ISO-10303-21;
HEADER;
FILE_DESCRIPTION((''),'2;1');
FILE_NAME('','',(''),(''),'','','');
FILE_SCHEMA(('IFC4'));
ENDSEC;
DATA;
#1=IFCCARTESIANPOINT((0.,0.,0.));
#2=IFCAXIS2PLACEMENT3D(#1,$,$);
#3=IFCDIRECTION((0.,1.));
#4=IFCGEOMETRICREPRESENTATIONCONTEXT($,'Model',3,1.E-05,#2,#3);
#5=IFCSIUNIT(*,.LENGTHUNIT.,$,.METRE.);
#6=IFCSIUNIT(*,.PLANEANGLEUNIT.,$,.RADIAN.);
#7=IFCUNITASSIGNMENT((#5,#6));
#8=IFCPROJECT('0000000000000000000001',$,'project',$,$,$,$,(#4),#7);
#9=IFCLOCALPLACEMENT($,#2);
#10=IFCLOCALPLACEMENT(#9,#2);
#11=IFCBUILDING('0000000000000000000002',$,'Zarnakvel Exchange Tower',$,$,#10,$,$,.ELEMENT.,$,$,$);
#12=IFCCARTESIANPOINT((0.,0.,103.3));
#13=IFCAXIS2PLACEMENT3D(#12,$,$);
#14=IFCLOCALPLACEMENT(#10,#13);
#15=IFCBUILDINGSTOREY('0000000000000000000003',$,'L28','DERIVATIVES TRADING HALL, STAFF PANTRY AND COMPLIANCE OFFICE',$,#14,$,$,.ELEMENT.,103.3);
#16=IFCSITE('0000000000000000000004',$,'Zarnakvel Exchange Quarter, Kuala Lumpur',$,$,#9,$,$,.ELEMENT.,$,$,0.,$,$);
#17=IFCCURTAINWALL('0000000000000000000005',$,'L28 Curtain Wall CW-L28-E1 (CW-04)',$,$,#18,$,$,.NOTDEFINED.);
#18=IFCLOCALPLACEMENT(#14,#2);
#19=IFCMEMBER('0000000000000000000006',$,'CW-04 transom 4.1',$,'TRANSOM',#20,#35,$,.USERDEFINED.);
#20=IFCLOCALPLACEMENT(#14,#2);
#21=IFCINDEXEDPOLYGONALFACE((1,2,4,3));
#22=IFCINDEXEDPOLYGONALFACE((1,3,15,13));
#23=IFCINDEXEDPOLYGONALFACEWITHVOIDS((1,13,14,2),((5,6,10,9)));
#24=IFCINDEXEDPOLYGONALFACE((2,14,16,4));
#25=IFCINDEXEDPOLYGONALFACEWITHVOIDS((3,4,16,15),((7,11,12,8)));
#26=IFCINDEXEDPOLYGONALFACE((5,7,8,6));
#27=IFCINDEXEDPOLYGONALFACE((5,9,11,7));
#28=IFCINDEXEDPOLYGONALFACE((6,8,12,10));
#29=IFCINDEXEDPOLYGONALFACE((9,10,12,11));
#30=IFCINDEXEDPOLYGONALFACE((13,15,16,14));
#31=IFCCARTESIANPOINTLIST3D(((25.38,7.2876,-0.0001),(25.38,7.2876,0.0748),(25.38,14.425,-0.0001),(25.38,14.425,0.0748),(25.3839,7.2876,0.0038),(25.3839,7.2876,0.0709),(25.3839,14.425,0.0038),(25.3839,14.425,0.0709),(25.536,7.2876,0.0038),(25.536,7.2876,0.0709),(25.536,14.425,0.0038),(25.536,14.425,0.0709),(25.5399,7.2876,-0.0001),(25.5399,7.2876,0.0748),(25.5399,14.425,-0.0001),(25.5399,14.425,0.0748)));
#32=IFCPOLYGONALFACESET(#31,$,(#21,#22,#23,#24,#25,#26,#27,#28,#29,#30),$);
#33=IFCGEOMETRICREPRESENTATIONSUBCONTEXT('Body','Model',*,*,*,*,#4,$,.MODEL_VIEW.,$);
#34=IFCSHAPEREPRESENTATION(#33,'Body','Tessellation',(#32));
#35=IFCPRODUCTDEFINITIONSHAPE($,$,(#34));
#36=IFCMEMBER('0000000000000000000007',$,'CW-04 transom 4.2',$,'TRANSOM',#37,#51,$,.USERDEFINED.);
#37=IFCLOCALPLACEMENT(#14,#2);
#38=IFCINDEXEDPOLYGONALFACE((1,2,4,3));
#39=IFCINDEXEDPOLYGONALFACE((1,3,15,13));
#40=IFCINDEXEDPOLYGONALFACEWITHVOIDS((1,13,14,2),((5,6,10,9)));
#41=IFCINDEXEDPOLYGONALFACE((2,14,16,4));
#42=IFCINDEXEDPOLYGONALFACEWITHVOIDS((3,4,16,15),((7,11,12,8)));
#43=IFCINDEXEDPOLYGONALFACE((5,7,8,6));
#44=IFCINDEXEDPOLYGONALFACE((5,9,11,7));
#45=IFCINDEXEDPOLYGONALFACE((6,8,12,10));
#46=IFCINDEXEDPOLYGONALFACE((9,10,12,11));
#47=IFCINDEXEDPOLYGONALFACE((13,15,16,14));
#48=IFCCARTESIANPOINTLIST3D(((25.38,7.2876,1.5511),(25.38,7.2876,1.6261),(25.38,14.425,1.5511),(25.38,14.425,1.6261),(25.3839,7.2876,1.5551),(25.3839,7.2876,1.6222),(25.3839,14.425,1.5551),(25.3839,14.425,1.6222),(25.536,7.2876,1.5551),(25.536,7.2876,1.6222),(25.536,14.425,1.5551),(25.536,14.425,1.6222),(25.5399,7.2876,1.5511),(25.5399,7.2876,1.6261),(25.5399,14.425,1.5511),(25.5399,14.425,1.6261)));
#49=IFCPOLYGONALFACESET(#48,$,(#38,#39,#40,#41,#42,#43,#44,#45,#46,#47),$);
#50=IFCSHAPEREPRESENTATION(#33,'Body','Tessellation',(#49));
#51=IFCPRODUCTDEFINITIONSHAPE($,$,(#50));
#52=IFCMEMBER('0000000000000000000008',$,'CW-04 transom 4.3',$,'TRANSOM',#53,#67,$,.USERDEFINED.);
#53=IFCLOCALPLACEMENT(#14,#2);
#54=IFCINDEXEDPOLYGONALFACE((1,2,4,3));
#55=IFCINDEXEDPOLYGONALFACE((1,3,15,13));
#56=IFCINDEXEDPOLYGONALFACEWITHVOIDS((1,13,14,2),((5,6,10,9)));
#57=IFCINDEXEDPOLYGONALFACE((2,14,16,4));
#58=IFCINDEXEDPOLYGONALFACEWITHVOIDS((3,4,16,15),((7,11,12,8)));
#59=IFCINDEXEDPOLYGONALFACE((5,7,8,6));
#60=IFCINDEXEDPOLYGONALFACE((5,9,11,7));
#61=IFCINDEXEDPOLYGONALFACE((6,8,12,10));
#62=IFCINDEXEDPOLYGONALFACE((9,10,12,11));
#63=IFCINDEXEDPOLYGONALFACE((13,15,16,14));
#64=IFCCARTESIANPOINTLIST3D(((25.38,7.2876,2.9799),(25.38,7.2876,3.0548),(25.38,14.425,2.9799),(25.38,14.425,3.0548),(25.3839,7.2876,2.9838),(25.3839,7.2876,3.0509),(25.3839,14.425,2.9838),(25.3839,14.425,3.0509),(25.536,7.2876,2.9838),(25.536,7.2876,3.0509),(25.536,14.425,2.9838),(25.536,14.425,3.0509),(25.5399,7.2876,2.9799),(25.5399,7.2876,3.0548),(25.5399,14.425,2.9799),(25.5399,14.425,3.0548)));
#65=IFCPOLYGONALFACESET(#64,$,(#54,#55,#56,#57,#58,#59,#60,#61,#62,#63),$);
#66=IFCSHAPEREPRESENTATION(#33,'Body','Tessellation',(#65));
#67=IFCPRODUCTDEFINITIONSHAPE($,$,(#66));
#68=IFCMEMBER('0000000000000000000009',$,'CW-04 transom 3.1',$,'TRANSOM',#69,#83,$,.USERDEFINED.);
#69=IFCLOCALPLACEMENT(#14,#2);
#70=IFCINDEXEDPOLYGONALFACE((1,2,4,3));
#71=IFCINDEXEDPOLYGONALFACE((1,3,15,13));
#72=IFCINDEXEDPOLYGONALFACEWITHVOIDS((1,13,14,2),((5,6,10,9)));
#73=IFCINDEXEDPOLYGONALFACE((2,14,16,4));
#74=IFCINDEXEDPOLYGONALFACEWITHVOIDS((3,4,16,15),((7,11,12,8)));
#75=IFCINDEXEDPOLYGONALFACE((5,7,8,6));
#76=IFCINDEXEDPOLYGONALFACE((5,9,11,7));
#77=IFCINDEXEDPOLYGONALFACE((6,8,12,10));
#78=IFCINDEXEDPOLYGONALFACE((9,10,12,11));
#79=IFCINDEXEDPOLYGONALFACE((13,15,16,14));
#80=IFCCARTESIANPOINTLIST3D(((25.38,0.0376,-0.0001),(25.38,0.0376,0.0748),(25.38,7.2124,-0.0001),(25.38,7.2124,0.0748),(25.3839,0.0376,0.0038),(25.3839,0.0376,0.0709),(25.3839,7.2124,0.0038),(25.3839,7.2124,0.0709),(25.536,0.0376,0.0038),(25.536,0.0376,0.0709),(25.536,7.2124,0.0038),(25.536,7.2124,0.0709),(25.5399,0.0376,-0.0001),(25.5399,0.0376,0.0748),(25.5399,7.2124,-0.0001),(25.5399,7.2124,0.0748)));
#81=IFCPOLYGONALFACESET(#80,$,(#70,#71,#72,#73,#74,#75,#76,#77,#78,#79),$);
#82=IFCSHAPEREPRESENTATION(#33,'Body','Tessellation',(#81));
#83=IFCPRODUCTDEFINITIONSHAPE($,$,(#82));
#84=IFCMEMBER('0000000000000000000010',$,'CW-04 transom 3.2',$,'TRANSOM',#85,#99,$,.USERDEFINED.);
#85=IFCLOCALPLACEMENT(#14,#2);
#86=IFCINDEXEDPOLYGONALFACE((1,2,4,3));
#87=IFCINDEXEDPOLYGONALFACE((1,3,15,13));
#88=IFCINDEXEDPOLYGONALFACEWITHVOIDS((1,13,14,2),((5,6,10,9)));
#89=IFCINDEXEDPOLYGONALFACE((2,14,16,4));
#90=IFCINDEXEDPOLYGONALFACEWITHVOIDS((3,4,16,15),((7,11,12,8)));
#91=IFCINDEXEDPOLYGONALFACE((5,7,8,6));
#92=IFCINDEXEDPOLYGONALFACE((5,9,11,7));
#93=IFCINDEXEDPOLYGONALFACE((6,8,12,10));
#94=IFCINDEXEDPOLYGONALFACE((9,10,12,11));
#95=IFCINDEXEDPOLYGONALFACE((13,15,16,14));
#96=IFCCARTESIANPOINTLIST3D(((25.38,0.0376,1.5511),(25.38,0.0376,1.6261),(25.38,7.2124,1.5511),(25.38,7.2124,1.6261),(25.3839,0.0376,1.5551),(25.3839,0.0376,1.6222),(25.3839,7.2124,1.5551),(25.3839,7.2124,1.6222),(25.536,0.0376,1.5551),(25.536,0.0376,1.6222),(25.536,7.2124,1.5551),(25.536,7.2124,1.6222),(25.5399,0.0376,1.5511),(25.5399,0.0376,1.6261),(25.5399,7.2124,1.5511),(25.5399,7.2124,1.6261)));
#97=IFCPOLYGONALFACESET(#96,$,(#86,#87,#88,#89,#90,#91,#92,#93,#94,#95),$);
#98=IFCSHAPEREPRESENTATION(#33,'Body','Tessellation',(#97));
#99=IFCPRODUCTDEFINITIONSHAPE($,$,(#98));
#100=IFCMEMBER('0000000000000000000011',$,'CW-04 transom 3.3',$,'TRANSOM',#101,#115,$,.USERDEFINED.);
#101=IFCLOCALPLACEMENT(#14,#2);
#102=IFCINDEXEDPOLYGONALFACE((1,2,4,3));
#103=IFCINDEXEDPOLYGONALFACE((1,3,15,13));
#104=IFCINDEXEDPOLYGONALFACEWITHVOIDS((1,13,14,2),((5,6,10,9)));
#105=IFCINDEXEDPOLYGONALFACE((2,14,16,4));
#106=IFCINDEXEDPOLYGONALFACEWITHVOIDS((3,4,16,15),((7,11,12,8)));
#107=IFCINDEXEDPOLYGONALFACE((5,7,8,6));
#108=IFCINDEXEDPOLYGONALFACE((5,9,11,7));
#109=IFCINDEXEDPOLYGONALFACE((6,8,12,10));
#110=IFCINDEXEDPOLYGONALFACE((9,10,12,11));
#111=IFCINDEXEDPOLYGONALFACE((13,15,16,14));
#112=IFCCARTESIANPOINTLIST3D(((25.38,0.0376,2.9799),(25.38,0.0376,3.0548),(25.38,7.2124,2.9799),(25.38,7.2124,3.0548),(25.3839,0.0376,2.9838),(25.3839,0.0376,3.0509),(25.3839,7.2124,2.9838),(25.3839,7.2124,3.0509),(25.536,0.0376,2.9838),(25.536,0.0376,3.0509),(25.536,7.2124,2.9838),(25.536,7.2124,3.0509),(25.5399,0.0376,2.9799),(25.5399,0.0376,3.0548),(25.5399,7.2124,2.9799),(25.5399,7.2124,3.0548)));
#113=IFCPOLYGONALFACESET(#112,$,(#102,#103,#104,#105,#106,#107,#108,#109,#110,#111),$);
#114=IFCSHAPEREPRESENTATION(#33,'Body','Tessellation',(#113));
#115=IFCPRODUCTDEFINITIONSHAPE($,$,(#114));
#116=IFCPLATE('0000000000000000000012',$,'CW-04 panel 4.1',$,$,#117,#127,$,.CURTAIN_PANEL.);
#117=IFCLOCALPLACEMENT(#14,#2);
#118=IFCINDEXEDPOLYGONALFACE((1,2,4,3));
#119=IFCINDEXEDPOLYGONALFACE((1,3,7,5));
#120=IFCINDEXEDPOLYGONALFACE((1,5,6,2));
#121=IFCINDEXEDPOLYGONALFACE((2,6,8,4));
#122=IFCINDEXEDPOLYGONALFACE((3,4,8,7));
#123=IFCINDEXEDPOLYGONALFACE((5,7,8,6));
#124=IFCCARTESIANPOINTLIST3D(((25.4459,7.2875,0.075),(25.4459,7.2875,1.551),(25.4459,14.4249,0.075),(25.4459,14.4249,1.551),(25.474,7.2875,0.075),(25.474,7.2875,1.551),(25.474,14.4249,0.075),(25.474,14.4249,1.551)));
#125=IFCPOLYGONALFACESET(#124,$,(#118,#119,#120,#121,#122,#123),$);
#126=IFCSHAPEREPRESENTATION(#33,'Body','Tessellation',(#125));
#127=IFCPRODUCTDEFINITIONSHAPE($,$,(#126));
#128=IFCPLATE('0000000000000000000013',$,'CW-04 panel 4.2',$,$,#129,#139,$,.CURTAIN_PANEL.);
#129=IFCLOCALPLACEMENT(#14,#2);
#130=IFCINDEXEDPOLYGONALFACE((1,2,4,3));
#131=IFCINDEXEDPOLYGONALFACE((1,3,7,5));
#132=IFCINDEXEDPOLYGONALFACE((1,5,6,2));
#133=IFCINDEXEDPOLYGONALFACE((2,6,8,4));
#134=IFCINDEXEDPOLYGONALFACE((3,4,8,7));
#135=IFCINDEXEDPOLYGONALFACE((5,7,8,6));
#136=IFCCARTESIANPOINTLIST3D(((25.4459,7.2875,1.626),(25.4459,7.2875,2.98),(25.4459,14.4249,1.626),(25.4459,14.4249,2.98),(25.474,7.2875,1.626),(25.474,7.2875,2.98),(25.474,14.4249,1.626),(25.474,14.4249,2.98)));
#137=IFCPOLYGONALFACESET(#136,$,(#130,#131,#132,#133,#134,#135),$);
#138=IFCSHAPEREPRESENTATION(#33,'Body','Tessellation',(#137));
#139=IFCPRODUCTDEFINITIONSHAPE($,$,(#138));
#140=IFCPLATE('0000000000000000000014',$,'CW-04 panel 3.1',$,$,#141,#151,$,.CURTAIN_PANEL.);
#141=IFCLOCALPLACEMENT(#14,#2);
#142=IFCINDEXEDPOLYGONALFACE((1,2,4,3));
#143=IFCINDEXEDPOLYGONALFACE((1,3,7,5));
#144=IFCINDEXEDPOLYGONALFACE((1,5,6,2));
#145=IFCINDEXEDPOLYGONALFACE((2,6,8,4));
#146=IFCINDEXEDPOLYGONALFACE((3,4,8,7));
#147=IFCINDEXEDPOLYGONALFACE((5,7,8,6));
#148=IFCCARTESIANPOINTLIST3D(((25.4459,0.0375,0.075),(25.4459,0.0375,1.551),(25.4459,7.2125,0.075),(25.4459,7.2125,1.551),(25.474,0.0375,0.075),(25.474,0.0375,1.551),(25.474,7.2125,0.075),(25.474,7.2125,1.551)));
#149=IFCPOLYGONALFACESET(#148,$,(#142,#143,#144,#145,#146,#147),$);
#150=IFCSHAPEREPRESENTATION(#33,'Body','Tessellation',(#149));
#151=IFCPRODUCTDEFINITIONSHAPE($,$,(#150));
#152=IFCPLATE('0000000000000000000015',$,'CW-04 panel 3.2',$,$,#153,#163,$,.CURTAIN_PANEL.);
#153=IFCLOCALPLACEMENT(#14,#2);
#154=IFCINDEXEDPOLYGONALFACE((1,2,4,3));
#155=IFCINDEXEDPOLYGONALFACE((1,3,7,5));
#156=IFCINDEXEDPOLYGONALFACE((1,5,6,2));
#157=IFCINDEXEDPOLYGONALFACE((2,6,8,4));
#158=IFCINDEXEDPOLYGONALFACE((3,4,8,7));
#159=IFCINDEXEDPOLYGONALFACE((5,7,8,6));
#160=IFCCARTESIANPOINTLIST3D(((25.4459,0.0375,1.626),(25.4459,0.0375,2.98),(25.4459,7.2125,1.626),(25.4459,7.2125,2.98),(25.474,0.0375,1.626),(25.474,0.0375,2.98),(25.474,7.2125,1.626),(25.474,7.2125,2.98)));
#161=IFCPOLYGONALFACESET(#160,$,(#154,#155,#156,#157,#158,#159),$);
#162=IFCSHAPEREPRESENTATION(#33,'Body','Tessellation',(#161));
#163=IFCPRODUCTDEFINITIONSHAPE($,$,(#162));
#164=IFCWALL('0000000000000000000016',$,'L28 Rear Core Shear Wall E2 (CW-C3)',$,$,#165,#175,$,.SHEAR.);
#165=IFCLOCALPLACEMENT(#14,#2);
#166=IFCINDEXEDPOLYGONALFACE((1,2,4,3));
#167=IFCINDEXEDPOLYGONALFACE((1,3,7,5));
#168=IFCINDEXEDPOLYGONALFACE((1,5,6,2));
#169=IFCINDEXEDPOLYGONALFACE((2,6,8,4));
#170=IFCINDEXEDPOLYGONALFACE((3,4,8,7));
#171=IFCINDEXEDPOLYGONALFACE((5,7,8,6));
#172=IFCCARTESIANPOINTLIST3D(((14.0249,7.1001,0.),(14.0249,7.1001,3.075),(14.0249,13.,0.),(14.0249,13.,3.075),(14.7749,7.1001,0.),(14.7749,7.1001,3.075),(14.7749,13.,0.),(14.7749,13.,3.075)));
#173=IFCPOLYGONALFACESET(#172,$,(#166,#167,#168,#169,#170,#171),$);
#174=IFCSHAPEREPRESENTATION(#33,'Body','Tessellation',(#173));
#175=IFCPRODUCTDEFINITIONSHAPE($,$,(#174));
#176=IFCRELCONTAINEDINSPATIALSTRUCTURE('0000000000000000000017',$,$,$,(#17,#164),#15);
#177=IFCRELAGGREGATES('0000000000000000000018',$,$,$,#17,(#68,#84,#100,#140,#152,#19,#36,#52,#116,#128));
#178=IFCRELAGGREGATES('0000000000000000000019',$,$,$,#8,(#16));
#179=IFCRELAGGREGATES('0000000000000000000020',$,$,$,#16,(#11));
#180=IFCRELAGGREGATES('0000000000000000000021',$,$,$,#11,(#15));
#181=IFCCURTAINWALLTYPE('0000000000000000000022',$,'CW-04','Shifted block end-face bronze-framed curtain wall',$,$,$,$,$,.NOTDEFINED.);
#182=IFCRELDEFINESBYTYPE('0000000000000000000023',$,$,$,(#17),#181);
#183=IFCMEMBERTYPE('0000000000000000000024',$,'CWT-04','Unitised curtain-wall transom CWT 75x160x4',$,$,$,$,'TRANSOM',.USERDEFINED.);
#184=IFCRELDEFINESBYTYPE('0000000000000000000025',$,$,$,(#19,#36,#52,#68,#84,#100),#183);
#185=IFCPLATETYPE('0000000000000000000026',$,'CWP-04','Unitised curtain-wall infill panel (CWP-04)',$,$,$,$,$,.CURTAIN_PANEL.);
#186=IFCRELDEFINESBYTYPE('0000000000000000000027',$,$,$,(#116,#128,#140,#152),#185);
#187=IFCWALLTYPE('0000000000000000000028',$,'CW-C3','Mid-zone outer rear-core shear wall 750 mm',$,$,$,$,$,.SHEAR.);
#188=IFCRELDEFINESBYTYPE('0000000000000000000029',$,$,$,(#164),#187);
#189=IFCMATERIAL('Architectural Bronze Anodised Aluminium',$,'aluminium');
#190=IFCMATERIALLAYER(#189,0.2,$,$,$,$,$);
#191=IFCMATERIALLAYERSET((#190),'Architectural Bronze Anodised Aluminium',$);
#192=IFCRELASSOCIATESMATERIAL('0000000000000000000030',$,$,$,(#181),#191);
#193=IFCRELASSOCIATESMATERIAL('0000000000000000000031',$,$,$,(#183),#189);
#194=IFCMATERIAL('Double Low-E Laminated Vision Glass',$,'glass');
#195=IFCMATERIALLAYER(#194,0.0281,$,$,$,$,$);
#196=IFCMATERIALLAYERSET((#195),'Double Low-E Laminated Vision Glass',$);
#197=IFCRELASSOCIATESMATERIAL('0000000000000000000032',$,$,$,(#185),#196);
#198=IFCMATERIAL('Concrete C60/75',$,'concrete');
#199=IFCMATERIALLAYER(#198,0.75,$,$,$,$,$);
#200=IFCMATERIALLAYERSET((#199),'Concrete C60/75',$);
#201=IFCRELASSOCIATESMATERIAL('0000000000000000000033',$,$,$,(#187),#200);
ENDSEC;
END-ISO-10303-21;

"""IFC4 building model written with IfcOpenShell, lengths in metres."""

from ifc_helpers import new_model, si_unit, direction, frame, frame_2d, origin, origin_2d, place, context, subcontext, project, spatial, rectangle, hollow_rectangle, extrude, source, transform, mapped, material, layer, layer_set, material_profile, profile_set, type_object, element, aggregate, save


model = new_model("IFC4")

# Units and contexts
model_context = context("Model", 3, precision=1e-05, world=origin(), true_north=direction((0.0, 1.0)))
body_context = subcontext(model_context, "Body", "Model", "MODEL_VIEW")
ifc_project = project(units=[si_unit("LENGTHUNIT", "METRE"), si_unit("PLANEANGLEUNIT", "RADIAN")], contexts=[model_context])

# Site, building, storey
site_placement = place(None, origin())
site = spatial("IfcSite", under=ifc_project, at=site_placement, Name="Zarnakvel Exchange Quarter, Kuala Lumpur", CompositionType="ELEMENT", RefElevation=0.0)
building_placement = place(site_placement, origin())
building = spatial("IfcBuilding", under=site, at=building_placement, Name="Zarnakvel Exchange Tower", CompositionType="ELEMENT")
storey_placement = place(building_placement, frame((0.0, 0.0, 103.3)))
storey = spatial("IfcBuildingStorey", under=building, at=storey_placement, Name="L28", Description="DERIVATIVES TRADING HALL, STAFF PANTRY AND COMPLIANCE OFFICE", CompositionType="ELEMENT", Elevation=103.3)

# Shared definitions
ifc_material_1 = material(Name="Concrete C60/75", Category="concrete")

# Curtain wall, members, plates
ifc_material_2 = material(Name="Architectural Bronze Anodised Aluminium", Category="aluminium")
ifc_layer_1 = layer(ifc_material_2, 0.2)
ifc_layer_set_1 = layer_set([ifc_layer_1], Name="Architectural Bronze Anodised Aluminium")
curtain_wall_type = type_object("IfcCurtainWallType", Name="CW-04", Description="Shifted block end-face bronze-framed curtain wall", PredefinedType="NOTDEFINED", material=ifc_layer_set_1)
curtain_wall_placement = place(storey_placement, origin())
curtain_wall = element("IfcCurtainWall", 1, at=curtain_wall_placement, inside=storey, type_object=curtain_wall_type, Name="L28 Curtain Wall CW-L28-E1 (CW-04)", PredefinedType="NOTDEFINED")
ifc_material_profile_1 = material_profile(ifc_material_2, hollow_rectangle(XDim=0.1599, YDim=0.075, WallThickness=0.0039, at=origin_2d()))
ifc_profile_set_1 = profile_set([ifc_material_profile_1], Name="Architectural Bronze Anodised Aluminium")
member_type_1 = type_object("IfcMemberType", Name="CWT-04", Description="Unitised curtain-wall transom CWT 75x160x4", ElementType="TRANSOM", PredefinedType="USERDEFINED", material=ifc_profile_set_1)
shared_shape_1 = source(origin(), body_context, "Body", "SweptSolid", [
    extrude(hollow_rectangle(XDim=0.1599, YDim=0.075, WallThickness=0.0039, at=origin_2d()), origin(), (0.0, 0.0, 1.0), 7.1375),
])
member_1_placement = place(storey_placement, frame((25.46, 7.2876, 0.0374), z_axis=(0.0, 1.0, 0.0), x_axis=(-1.0, 0.0, 0.0)))
member_1 = element("IfcMember", 2, at=member_1_placement, type_object=member_type_1, Name="CW-04 transom 4.1", ObjectType="TRANSOM", PredefinedType="USERDEFINED", context=body_context, shape_type="MappedRepresentation", body=[
    mapped(shared_shape_1, transform((0.0, 0.0, 0.0), x_axis=(1.0, 0.0, 0.0), y_axis=(0.0, 1.0, 0.0), z_axis=(0.0, 0.0, 1.0), scale=1.0)),
])
member_2_placement = place(storey_placement, frame((25.46, 7.2876, 1.5886), z_axis=(0.0, 1.0, 0.0), x_axis=(-1.0, 0.0, 0.0)))
member_2 = element("IfcMember", 3, at=member_2_placement, type_object=member_type_1, Name="CW-04 transom 4.2", ObjectType="TRANSOM", PredefinedType="USERDEFINED", context=body_context, shape_type="MappedRepresentation", body=[
    mapped(shared_shape_1, transform((0.0, 0.0, 0.0), x_axis=(1.0, 0.0, 0.0), y_axis=(0.0, 1.0, 0.0), z_axis=(0.0, 0.0, 1.0), scale=1.0)),
])
member_3_placement = place(storey_placement, frame((25.46, 7.2876, 3.0173), z_axis=(0.0, 1.0, 0.0), x_axis=(-1.0, 0.0, 0.0)))
member_3 = element("IfcMember", 4, at=member_3_placement, type_object=member_type_1, Name="CW-04 transom 4.3", ObjectType="TRANSOM", PredefinedType="USERDEFINED", context=body_context, shape_type="MappedRepresentation", body=[
    mapped(shared_shape_1, transform((0.0, 0.0, 0.0), x_axis=(1.0, 0.0, 0.0), y_axis=(0.0, 1.0, 0.0), z_axis=(0.0, 0.0, 1.0), scale=1.0)),
])
shared_shape_2 = source(origin(), body_context, "Body", "SweptSolid", [
    extrude(hollow_rectangle(XDim=0.1599, YDim=0.075, WallThickness=0.0039, at=origin_2d()), origin(), (0.0, 0.0, 1.0), 7.1748),
])
member_4_placement = place(storey_placement, frame((25.46, 0.0376, 0.0374), z_axis=(0.0, 1.0, 0.0), x_axis=(-1.0, 0.0, 0.0)))
member_4 = element("IfcMember", 5, at=member_4_placement, type_object=member_type_1, Name="CW-04 transom 3.1", ObjectType="TRANSOM", PredefinedType="USERDEFINED", context=body_context, shape_type="MappedRepresentation", body=[
    mapped(shared_shape_2, transform((0.0, 0.0, 0.0), x_axis=(1.0, 0.0, 0.0), y_axis=(0.0, 1.0, 0.0), z_axis=(0.0, 0.0, 1.0), scale=1.0)),
])
member_5_placement = place(storey_placement, frame((25.46, 0.0376, 1.5886), z_axis=(0.0, 1.0, 0.0), x_axis=(-1.0, 0.0, 0.0)))
member_5 = element("IfcMember", 6, at=member_5_placement, type_object=member_type_1, Name="CW-04 transom 3.2", ObjectType="TRANSOM", PredefinedType="USERDEFINED", context=body_context, shape_type="MappedRepresentation", body=[
    mapped(shared_shape_2, transform((0.0, 0.0, 0.0), x_axis=(1.0, 0.0, 0.0), y_axis=(0.0, 1.0, 0.0), z_axis=(0.0, 0.0, 1.0), scale=1.0)),
])
member_6_placement = place(storey_placement, frame((25.46, 0.0376, 3.0173), z_axis=(0.0, 1.0, 0.0), x_axis=(-1.0, 0.0, 0.0)))
member_6 = element("IfcMember", 7, at=member_6_placement, type_object=member_type_1, Name="CW-04 transom 3.3", ObjectType="TRANSOM", PredefinedType="USERDEFINED", context=body_context, shape_type="MappedRepresentation", body=[
    mapped(shared_shape_2, transform((0.0, 0.0, 0.0), x_axis=(1.0, 0.0, 0.0), y_axis=(0.0, 1.0, 0.0), z_axis=(0.0, 0.0, 1.0), scale=1.0)),
])
ifc_material_3 = material(Name="Double Low-E Laminated Vision Glass", Category="glass")
ifc_layer_2 = layer(ifc_material_3, 0.0281)
ifc_layer_set_2 = layer_set([ifc_layer_2], Name="Double Low-E Laminated Vision Glass")
plate_type = type_object("IfcPlateType", Name="CWP-04", Description="Unitised curtain-wall infill panel (CWP-04)", PredefinedType="CURTAIN_PANEL", material=ifc_layer_set_2)
shared_shape_3 = source(origin(), body_context, "Body", "SweptSolid", [
    extrude(rectangle(XDim=7.1375, YDim=0.0281, at=origin_2d()), origin(), (0.0, 0.0, 1.0), 1.4761),
])
plate_1_placement = place(storey_placement, frame((25.46, 10.8562, 0.075), z_axis=(0.0, 0.0, 1.0), x_axis=(0.0, 1.0, 0.0)))
plate_1 = element("IfcPlate", 8, at=plate_1_placement, type_object=plate_type, Name="CW-04 panel 4.1", PredefinedType="CURTAIN_PANEL", context=body_context, shape_type="MappedRepresentation", body=[
    mapped(shared_shape_3, transform((0.0, 0.0, 0.0), x_axis=(1.0, 0.0, 0.0), y_axis=(0.0, 1.0, 0.0), z_axis=(0.0, 0.0, 1.0), scale=1.0)),
])
shared_shape_4 = source(origin(), body_context, "Body", "SweptSolid", [
    extrude(rectangle(XDim=7.1375, YDim=0.0281, at=origin_2d()), origin(), (0.0, 0.0, 1.0), 1.354),
])
plate_2_placement = place(storey_placement, frame((25.46, 10.8562, 1.626), z_axis=(0.0, 0.0, 1.0), x_axis=(0.0, 1.0, 0.0)))
plate_2 = element("IfcPlate", 9, at=plate_2_placement, type_object=plate_type, Name="CW-04 panel 4.2", PredefinedType="CURTAIN_PANEL", context=body_context, shape_type="MappedRepresentation", body=[
    mapped(shared_shape_4, transform((0.0, 0.0, 0.0), x_axis=(1.0, 0.0, 0.0), y_axis=(0.0, 1.0, 0.0), z_axis=(0.0, 0.0, 1.0), scale=1.0)),
])
shared_shape_5 = source(origin(), body_context, "Body", "SweptSolid", [
    extrude(rectangle(XDim=7.175, YDim=0.0281, at=origin_2d()), origin(), (0.0, 0.0, 1.0), 1.4761),
])
plate_3_placement = place(storey_placement, frame((25.46, 3.625, 0.075), z_axis=(0.0, 0.0, 1.0), x_axis=(0.0, 1.0, 0.0)))
plate_3 = element("IfcPlate", 10, at=plate_3_placement, type_object=plate_type, Name="CW-04 panel 3.1", PredefinedType="CURTAIN_PANEL", context=body_context, shape_type="MappedRepresentation", body=[
    mapped(shared_shape_5, transform((0.0, 0.0, 0.0), x_axis=(1.0, 0.0, 0.0), y_axis=(0.0, 1.0, 0.0), z_axis=(0.0, 0.0, 1.0), scale=1.0)),
])
shared_shape_6 = source(origin(), body_context, "Body", "SweptSolid", [
    extrude(rectangle(XDim=7.175, YDim=0.0281, at=origin_2d()), origin(), (0.0, 0.0, 1.0), 1.354),
])
plate_4_placement = place(storey_placement, frame((25.46, 3.625, 1.626), z_axis=(0.0, 0.0, 1.0), x_axis=(0.0, 1.0, 0.0)))
plate_4 = element("IfcPlate", 11, at=plate_4_placement, type_object=plate_type, Name="CW-04 panel 3.2", PredefinedType="CURTAIN_PANEL", context=body_context, shape_type="MappedRepresentation", body=[
    mapped(shared_shape_6, transform((0.0, 0.0, 0.0), x_axis=(1.0, 0.0, 0.0), y_axis=(0.0, 1.0, 0.0), z_axis=(0.0, 0.0, 1.0), scale=1.0)),
])
aggregate(curtain_wall, [member_4, member_5, member_6, plate_3, plate_4, member_1, member_2, member_3, plate_1, plate_2])

# Wall
ifc_layer_3 = layer(ifc_material_1, 0.75)
ifc_layer_set_3 = layer_set([ifc_layer_3], Name="Concrete C60/75")
wall_type_1 = type_object("IfcWallType", Name="CW-C3", Description="Mid-zone outer rear-core shear wall 750 mm", PredefinedType="SHEAR", material=ifc_layer_set_3)
wall_1_placement = place(storey_placement, frame((14.3999, 7.1001, 0.0), z_axis=(0.0, 0.0, 1.0), x_axis=(0.0, 1.0, 0.0)))
element("IfcWall", 12, at=wall_1_placement, inside=storey, type_object=wall_type_1, Name="L28 Rear Core Shear Wall E2 (CW-C3)", PredefinedType="SHEAR", context=body_context, shape_type="SweptSolid", body=[
    extrude(rectangle(XDim=5.8999, YDim=0.75, at=frame_2d((2.95, 0.0))), origin(), (0.0, 0.0, 1.0), 3.075),
])

save(model, "model.ifc")
